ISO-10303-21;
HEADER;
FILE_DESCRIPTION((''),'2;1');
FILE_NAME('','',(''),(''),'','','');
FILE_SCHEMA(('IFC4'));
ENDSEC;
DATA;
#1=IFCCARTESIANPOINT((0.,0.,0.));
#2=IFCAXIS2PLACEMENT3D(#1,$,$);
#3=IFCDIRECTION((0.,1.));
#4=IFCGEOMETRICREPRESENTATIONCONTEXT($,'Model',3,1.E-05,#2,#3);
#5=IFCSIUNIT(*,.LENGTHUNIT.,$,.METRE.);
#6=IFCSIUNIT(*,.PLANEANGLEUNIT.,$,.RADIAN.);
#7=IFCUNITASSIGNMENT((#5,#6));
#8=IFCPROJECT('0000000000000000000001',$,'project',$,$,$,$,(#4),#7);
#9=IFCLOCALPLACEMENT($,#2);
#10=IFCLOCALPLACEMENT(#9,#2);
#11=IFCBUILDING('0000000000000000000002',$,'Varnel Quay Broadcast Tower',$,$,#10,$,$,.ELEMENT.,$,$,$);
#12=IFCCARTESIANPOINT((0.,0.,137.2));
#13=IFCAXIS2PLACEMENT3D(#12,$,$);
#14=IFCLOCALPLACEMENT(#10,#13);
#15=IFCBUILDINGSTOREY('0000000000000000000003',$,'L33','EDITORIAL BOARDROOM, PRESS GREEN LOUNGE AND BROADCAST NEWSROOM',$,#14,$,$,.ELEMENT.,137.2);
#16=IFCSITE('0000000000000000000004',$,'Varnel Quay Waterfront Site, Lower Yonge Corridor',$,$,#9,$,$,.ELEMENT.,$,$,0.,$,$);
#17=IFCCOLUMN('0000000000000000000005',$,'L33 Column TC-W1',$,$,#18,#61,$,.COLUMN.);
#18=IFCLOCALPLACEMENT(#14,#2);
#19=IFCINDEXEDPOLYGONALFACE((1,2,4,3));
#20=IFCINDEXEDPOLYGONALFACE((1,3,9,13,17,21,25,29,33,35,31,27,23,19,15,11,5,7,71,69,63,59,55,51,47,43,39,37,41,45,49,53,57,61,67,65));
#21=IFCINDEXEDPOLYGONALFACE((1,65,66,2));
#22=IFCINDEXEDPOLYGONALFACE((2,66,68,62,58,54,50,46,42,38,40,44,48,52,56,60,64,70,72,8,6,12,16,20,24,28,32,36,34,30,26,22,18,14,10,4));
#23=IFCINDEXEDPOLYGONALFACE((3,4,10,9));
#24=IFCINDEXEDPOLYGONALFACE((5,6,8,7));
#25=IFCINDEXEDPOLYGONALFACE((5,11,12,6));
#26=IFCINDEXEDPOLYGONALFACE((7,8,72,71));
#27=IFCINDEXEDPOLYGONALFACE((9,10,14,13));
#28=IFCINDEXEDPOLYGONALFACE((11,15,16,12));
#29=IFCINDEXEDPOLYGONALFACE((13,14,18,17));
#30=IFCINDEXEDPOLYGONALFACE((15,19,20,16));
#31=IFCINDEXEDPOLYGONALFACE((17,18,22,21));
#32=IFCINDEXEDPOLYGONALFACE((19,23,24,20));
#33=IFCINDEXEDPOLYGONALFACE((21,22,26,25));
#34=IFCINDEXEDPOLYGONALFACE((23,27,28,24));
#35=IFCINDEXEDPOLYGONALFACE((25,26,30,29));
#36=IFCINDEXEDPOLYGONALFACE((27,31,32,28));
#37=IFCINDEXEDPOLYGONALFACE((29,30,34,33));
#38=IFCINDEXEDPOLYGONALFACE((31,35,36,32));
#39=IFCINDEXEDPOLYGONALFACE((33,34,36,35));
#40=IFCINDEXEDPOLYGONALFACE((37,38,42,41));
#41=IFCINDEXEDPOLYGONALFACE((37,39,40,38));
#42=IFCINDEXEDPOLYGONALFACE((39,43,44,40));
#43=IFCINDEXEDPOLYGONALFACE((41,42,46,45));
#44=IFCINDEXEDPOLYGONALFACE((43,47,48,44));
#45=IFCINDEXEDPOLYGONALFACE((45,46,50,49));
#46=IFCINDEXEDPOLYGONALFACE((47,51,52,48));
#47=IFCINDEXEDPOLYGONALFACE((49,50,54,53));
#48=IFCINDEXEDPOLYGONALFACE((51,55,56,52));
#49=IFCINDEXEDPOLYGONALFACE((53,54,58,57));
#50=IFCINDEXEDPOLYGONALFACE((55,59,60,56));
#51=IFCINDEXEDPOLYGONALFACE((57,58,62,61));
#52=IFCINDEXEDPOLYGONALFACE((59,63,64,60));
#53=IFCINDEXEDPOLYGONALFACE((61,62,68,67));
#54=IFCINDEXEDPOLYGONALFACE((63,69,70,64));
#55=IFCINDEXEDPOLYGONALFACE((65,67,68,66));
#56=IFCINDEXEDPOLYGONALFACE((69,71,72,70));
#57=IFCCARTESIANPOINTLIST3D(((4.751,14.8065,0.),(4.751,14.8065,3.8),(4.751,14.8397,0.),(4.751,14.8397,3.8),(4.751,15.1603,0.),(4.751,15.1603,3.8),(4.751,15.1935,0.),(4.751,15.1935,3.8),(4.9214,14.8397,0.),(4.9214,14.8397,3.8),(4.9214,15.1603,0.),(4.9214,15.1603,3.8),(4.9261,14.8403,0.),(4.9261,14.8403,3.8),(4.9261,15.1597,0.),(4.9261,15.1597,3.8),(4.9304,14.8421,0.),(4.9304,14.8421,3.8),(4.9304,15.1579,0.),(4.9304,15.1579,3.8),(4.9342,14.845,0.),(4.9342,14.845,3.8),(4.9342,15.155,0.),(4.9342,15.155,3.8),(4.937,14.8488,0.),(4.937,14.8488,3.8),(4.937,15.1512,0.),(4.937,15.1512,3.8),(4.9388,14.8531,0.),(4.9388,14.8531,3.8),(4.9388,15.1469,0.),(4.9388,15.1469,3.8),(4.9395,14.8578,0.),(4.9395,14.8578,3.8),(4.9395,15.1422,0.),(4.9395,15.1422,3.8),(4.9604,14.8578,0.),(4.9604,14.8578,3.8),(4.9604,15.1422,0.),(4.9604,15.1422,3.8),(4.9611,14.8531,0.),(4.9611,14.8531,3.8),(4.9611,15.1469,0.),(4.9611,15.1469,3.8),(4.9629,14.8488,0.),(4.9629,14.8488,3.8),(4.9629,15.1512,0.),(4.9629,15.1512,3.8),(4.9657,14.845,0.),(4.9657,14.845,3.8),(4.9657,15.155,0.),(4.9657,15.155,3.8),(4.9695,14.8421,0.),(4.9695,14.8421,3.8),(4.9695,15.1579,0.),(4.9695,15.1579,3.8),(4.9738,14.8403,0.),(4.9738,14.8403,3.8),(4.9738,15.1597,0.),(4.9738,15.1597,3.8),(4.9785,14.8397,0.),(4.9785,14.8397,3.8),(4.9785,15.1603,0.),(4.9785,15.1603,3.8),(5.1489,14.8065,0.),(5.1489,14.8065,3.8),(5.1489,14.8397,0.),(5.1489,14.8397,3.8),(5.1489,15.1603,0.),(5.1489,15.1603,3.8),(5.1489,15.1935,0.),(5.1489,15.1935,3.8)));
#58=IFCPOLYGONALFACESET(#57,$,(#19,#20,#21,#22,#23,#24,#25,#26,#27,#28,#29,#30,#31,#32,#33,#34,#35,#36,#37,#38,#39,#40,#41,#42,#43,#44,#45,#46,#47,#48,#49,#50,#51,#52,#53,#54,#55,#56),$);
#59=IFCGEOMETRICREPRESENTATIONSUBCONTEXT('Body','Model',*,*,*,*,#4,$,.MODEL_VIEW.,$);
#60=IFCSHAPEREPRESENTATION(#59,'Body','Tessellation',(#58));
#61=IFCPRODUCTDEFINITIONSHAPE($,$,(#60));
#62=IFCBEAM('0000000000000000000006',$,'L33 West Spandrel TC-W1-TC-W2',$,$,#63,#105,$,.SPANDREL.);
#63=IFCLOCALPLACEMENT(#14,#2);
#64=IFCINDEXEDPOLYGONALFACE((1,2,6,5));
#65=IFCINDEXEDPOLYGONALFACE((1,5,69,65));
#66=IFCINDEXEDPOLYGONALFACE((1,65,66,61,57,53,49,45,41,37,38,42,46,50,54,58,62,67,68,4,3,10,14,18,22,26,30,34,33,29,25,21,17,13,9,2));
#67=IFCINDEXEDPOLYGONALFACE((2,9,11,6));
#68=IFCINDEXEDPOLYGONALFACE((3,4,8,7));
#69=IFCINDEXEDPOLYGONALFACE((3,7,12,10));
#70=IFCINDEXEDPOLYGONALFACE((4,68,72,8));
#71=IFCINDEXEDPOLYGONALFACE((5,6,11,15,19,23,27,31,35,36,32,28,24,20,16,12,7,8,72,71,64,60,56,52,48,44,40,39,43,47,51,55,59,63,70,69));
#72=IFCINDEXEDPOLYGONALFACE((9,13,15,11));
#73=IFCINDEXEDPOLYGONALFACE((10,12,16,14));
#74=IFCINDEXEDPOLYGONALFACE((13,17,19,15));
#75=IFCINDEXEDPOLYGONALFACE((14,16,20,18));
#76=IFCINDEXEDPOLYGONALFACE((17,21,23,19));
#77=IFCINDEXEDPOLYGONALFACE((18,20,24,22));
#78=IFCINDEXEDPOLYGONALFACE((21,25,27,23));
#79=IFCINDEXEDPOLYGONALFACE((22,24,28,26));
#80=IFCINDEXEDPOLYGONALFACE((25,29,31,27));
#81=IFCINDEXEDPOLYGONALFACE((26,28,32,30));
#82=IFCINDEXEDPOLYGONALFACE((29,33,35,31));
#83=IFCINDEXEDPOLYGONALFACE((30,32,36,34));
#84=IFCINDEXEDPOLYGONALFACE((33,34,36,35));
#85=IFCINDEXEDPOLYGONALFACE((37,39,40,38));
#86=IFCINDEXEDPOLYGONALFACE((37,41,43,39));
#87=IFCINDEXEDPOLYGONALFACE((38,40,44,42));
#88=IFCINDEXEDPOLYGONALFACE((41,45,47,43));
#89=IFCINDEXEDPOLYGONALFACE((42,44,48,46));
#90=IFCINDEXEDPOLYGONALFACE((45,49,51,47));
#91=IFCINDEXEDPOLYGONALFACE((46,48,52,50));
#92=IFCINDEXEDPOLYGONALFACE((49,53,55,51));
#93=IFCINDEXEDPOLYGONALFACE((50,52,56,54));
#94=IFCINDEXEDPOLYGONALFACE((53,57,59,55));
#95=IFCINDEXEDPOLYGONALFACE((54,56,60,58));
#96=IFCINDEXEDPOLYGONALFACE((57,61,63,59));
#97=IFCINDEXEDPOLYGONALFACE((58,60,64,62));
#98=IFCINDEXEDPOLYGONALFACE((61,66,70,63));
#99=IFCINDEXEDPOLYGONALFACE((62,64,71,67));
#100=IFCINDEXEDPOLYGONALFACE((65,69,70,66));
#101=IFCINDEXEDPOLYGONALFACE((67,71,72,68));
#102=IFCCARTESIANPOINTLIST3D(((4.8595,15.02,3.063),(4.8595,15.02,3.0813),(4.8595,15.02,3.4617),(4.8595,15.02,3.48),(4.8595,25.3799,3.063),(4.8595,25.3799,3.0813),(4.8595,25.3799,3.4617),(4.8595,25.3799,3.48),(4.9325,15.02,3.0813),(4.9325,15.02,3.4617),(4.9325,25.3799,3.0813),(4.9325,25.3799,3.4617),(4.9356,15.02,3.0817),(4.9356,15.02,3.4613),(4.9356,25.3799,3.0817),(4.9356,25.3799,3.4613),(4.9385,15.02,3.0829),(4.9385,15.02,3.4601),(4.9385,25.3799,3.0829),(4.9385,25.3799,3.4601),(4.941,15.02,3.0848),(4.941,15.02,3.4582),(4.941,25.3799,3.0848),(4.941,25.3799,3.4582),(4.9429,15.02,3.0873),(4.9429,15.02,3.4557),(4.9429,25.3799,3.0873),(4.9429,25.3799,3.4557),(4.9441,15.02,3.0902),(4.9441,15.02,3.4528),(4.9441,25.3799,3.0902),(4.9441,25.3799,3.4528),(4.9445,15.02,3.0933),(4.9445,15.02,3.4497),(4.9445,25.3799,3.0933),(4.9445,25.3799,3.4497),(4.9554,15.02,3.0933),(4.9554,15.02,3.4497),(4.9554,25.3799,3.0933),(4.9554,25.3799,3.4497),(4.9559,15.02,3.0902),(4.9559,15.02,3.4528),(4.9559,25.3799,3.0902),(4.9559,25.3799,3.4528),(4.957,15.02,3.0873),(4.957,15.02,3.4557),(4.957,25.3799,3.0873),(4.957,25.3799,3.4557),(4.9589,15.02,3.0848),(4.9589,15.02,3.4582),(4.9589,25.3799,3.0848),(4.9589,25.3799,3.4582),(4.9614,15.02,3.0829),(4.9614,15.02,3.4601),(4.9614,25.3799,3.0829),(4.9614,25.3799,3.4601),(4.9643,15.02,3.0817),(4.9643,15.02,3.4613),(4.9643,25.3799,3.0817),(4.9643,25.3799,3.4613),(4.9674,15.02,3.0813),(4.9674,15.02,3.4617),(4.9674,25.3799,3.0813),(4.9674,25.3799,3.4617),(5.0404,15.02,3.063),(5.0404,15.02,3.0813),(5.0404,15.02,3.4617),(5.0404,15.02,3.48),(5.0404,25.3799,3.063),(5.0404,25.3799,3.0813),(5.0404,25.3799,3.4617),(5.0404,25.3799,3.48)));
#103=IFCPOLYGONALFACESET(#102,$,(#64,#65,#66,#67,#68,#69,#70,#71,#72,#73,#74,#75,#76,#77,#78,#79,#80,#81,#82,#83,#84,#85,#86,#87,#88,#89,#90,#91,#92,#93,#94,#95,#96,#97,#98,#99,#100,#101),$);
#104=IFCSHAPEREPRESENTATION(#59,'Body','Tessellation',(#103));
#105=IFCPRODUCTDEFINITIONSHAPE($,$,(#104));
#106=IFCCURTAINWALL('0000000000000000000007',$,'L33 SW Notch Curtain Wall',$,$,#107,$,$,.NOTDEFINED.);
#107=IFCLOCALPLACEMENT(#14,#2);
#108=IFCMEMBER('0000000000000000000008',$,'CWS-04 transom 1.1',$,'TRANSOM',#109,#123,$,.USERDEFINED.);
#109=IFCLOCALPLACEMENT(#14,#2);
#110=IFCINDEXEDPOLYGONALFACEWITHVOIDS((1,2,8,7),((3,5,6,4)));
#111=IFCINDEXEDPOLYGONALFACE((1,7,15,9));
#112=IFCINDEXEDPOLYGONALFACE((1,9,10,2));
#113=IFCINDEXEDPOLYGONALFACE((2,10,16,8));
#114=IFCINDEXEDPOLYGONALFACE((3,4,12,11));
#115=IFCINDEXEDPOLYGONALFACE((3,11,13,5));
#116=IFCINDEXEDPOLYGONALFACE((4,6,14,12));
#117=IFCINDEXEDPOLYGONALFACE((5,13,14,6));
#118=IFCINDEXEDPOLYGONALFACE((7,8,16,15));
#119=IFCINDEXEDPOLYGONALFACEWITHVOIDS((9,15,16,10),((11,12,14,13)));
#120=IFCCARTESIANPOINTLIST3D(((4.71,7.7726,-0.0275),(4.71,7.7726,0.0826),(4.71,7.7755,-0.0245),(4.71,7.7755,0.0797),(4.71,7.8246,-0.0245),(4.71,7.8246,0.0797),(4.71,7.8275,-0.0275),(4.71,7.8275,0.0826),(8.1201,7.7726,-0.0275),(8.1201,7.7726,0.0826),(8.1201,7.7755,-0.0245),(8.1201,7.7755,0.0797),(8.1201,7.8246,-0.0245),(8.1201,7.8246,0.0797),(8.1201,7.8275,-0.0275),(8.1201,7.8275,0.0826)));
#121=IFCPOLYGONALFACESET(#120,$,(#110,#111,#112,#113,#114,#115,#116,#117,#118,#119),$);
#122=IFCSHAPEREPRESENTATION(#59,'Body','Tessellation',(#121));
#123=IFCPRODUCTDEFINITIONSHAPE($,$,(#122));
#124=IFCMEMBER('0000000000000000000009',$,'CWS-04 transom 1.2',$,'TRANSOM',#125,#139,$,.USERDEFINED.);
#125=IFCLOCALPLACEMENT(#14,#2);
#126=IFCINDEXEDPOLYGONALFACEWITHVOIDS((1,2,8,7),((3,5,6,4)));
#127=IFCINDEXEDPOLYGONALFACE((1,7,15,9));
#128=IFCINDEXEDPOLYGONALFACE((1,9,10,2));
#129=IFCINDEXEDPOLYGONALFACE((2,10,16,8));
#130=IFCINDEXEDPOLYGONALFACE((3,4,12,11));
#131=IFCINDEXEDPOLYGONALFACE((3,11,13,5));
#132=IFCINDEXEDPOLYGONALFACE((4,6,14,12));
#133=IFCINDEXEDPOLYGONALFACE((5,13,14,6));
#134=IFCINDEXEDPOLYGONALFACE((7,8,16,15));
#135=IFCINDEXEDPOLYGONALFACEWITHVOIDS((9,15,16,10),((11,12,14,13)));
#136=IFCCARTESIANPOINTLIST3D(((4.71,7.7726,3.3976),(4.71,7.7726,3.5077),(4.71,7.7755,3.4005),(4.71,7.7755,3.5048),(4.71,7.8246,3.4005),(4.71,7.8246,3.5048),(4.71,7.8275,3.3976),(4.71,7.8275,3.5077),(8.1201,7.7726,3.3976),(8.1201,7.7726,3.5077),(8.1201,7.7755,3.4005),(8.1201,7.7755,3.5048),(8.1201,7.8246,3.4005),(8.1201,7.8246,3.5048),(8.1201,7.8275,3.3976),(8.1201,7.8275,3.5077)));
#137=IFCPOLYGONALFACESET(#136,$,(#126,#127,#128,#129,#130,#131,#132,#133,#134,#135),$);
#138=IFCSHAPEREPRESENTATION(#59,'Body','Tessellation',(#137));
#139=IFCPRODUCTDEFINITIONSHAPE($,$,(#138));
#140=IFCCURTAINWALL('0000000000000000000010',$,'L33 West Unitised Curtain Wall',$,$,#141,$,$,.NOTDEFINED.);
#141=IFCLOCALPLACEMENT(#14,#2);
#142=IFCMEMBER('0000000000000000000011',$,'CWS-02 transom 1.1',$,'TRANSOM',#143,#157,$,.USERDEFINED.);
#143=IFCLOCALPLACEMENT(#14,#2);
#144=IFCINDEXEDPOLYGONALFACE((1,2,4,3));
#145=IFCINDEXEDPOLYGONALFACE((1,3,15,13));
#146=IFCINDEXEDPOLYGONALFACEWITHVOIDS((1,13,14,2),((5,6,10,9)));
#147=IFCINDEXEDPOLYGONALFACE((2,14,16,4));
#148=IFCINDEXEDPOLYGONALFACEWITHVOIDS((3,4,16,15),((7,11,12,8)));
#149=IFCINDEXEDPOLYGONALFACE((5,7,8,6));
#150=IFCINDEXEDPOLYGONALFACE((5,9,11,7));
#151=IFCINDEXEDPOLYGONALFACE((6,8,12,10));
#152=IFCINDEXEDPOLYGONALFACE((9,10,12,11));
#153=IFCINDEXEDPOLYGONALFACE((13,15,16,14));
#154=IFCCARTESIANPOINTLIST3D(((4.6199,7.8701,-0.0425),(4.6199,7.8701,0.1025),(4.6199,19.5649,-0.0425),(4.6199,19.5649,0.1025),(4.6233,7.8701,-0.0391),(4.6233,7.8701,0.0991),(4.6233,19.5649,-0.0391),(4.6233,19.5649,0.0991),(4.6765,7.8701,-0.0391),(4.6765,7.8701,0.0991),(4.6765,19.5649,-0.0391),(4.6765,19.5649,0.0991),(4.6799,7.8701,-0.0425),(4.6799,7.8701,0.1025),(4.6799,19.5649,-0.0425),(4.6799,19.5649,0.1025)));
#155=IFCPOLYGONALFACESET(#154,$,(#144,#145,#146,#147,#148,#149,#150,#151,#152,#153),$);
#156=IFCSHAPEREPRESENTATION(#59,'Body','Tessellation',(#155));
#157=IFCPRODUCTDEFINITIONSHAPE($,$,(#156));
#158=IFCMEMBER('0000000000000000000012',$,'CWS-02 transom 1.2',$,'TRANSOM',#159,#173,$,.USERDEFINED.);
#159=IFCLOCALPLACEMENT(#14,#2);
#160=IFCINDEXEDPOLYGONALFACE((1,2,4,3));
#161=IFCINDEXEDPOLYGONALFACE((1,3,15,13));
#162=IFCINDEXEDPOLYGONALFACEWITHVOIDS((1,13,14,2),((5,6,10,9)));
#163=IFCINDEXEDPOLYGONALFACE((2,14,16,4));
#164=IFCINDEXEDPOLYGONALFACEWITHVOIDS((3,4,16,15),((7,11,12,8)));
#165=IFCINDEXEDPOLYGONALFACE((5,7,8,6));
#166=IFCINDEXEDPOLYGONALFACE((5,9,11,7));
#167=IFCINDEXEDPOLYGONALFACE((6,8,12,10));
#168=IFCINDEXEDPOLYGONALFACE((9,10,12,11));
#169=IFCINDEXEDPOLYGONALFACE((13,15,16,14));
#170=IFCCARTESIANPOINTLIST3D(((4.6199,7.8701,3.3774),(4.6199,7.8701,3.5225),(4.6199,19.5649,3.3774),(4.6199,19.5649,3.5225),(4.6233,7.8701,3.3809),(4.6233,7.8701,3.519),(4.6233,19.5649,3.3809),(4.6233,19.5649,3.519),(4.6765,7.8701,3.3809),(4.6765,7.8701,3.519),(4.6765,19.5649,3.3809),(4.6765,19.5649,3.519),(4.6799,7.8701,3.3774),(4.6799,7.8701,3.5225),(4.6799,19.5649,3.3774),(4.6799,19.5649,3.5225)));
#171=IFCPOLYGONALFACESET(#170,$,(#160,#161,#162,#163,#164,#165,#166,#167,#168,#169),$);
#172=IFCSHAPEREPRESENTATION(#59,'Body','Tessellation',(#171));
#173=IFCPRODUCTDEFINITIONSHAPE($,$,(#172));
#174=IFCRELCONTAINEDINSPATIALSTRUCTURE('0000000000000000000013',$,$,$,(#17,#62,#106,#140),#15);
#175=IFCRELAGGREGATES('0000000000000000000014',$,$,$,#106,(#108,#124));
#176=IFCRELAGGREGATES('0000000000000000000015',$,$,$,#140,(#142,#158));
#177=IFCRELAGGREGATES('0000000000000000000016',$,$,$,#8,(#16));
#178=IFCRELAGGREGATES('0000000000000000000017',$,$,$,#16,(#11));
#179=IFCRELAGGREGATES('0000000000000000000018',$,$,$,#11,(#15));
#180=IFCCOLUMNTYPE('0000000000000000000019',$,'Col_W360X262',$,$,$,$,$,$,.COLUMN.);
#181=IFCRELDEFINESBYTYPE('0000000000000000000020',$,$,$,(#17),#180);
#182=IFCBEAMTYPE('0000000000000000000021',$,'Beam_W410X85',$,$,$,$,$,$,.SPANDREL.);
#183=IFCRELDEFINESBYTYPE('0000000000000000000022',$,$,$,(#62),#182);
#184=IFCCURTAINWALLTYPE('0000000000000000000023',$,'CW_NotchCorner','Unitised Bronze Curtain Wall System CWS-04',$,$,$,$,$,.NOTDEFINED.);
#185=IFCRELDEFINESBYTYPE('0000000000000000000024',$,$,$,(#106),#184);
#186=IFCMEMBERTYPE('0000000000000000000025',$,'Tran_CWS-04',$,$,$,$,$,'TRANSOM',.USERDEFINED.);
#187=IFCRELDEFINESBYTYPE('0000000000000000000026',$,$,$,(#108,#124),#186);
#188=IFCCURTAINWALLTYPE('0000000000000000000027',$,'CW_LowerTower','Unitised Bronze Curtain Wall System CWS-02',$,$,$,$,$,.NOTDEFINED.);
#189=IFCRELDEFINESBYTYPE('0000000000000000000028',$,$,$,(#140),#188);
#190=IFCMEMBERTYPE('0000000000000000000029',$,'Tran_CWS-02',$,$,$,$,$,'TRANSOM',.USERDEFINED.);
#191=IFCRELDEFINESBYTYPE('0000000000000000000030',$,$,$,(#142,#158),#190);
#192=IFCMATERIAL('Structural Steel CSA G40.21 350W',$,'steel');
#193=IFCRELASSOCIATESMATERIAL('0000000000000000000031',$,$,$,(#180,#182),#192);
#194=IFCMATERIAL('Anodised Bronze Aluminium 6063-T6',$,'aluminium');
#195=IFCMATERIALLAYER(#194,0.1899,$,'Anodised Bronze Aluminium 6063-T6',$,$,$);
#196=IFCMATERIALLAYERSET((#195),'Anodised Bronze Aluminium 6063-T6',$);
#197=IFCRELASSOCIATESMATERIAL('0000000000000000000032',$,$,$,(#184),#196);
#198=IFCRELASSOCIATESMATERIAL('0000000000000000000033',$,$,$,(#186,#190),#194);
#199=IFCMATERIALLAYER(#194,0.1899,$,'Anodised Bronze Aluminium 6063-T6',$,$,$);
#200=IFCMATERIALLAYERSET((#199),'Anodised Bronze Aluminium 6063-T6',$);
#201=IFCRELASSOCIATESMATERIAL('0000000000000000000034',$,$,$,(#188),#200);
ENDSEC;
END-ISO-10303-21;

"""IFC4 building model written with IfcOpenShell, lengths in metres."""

from ifc_helpers import new_model, si_unit, direction, frame, origin, origin_2d, place, context, subcontext, project, spatial, hollow_rectangle, i_section, extrude, source, transform, mapped, material, layer, layer_set, material_profile, profile_set, type_object, type_shapes, element, aggregate, save


model = new_model("IFC4")

# Units and contexts
model_context = context("Model", 3, precision=1e-05, world=origin(), true_north=direction((0.0, 1.0)))
body_context = subcontext(model_context, "Body", "Model", "MODEL_VIEW")
ifc_project = project(units=[si_unit("LENGTHUNIT", "METRE"), si_unit("PLANEANGLEUNIT", "RADIAN")], contexts=[model_context])

# Site, building, storey
site_placement = place(None, origin())
site = spatial("IfcSite", under=ifc_project, at=site_placement, Name="Varnel Quay Waterfront Site, Lower Yonge Corridor", CompositionType="ELEMENT", RefElevation=0.0)
building_placement = place(site_placement, origin())
building = spatial("IfcBuilding", under=site, at=building_placement, Name="Varnel Quay Broadcast Tower", CompositionType="ELEMENT")
storey_placement = place(building_placement, frame((0.0, 0.0, 137.2)))
storey = spatial("IfcBuildingStorey", under=building, at=storey_placement, Name="L33", Description="EDITORIAL BOARDROOM, PRESS GREEN LOUNGE AND BROADCAST NEWSROOM", CompositionType="ELEMENT", Elevation=137.2)

# Column
ifc_material_1 = material(Name="Structural Steel CSA G40.21 350W", Category="steel")
ifc_material_profile_1 = material_profile(ifc_material_1, i_section(OverallWidth=0.3979, OverallDepth=0.387, WebThickness=0.021, FlangeThickness=0.0332, FilletRadius=0.0181, at=origin_2d()), Name="W360X262")
ifc_profile_set_1 = profile_set([ifc_material_profile_1], Name="Structural Steel CSA G40.21 350W")
column_type = type_object("IfcColumnType", Name="Col_W360X262", PredefinedType="COLUMN", material=ifc_profile_set_1)
shared_shape_1 = source(origin(), body_context, "Body", "SweptSolid", [
    extrude(i_section(OverallWidth=0.3979, OverallDepth=0.387, WebThickness=0.021, FlangeThickness=0.0332, FilletRadius=0.0181, at=origin_2d()), origin(), (0.0, 0.0, 1.0), 3.8),
])
type_shapes(column_type, [shared_shape_1])
column_placement = place(storey_placement, frame((4.95, 15.0, 0.0), z_axis=(0.0, 0.0, 1.0), x_axis=(1.0, 0.0, 0.0)))
element("IfcColumn", 1, at=column_placement, inside=storey, type_object=column_type, Name="L33 Column TC-W1", PredefinedType="COLUMN", context=body_context, shape_type="MappedRepresentation", body=[
    mapped(shared_shape_1, transform((0.0, 0.0, 0.0), x_axis=(1.0, 0.0, 0.0), y_axis=(0.0, 1.0, 0.0), z_axis=(0.0, 0.0, 1.0), scale=1.0)),
])

# Beam
ifc_material_profile_2 = material_profile(ifc_material_1, i_section(OverallWidth=0.1809, OverallDepth=0.417, WebThickness=0.011, FlangeThickness=0.0183, FilletRadius=0.012, at=origin_2d()), Name="W410X85")
ifc_profile_set_2 = profile_set([ifc_material_profile_2], Name="Structural Steel CSA G40.21 350W")
beam_type = type_object("IfcBeamType", Name="Beam_W410X85", PredefinedType="SPANDREL", material=ifc_profile_set_2)
shared_shape_2 = source(origin(), body_context, "Body", "SweptSolid", [
    extrude(i_section(OverallWidth=0.1809, OverallDepth=0.417, WebThickness=0.011, FlangeThickness=0.0183, FilletRadius=0.012, at=origin_2d()), origin(), (0.0, 0.0, 1.0), 10.3599),
])
type_shapes(beam_type, [shared_shape_2])
beam_placement = place(storey_placement, frame((4.95, 15.02, 3.2715), z_axis=(0.0, 1.0, 0.0), x_axis=(-1.0, 0.0, 0.0)))
element("IfcBeam", 2, at=beam_placement, inside=storey, type_object=beam_type, Name="L33 West Spandrel TC-W1-TC-W2", PredefinedType="SPANDREL", context=body_context, shape_type="MappedRepresentation", body=[
    mapped(shared_shape_2, transform((0.0, 0.0, 0.0), x_axis=(1.0, 0.0, 0.0), y_axis=(0.0, 1.0, 0.0), z_axis=(0.0, 0.0, 1.0), scale=1.0)),
])

# Curtain walls, members
ifc_material_2 = material(Name="Anodised Bronze Aluminium 6063-T6", Category="aluminium")
ifc_layer_1 = layer(ifc_material_2, 0.1899, Name="Anodised Bronze Aluminium 6063-T6")
ifc_layer_set_1 = layer_set([ifc_layer_1], Name="Anodised Bronze Aluminium 6063-T6")
curtain_wall_type_1 = type_object("IfcCurtainWallType", Name="CW_NotchCorner", Description="Unitised Bronze Curtain Wall System CWS-04", PredefinedType="NOTDEFINED", material=ifc_layer_set_1)
curtain_wall_1_placement = place(storey_placement, origin())
curtain_wall_1 = element("IfcCurtainWall", 3, at=curtain_wall_1_placement, inside=storey, type_object=curtain_wall_type_1, Name="L33 SW Notch Curtain Wall", PredefinedType="NOTDEFINED")
ifc_material_profile_3 = material_profile(ifc_material_2, hollow_rectangle(XDim=0.0549, YDim=0.1101, WallThickness=0.0029, at=origin_2d()), Name="ALU55X110X3")
ifc_profile_set_3 = profile_set([ifc_material_profile_3], Name="Anodised Bronze Aluminium 6063-T6")
member_type_1 = type_object("IfcMemberType", Name="Tran_CWS-04", ElementType="TRANSOM", PredefinedType="USERDEFINED", material=ifc_profile_set_3)
shared_shape_3 = source(origin(), body_context, "Body", "SweptSolid", [
    extrude(hollow_rectangle(XDim=0.0549, YDim=0.1101, WallThickness=0.0029, at=origin_2d()), origin(), (0.0, 0.0, 1.0), 3.4102),
])
type_shapes(member_type_1, [shared_shape_3])
member_1_placement = place(storey_placement, frame((4.71, 7.8, 0.0276), z_axis=(1.0, 0.0, 0.0), x_axis=(0.0, 1.0, 0.0)))
member_1 = element("IfcMember", 4, at=member_1_placement, type_object=member_type_1, Name="CWS-04 transom 1.1", ObjectType="TRANSOM", PredefinedType="USERDEFINED", context=body_context, shape_type="MappedRepresentation", body=[
    mapped(shared_shape_3, transform((0.0, 0.0, 0.0), x_axis=(1.0, 0.0, 0.0), y_axis=(0.0, 1.0, 0.0), z_axis=(0.0, 0.0, 1.0), scale=1.0)),
])
member_2_placement = place(storey_placement, frame((4.71, 7.8, 3.4526), z_axis=(1.0, 0.0, 0.0), x_axis=(0.0, 1.0, 0.0)))
member_2 = element("IfcMember", 5, at=member_2_placement, type_object=member_type_1, Name="CWS-04 transom 1.2", ObjectType="TRANSOM", PredefinedType="USERDEFINED", context=body_context, shape_type="MappedRepresentation", body=[
    mapped(shared_shape_3, transform((0.0, 0.0, 0.0), x_axis=(1.0, 0.0, 0.0), y_axis=(0.0, 1.0, 0.0), z_axis=(0.0, 0.0, 1.0), scale=1.0)),
])
ifc_layer_2 = layer(ifc_material_2, 0.1899, Name="Anodised Bronze Aluminium 6063-T6")
ifc_layer_set_2 = layer_set([ifc_layer_2], Name="Anodised Bronze Aluminium 6063-T6")
curtain_wall_type_2 = type_object("IfcCurtainWallType", Name="CW_LowerTower", Description="Unitised Bronze Curtain Wall System CWS-02", PredefinedType="NOTDEFINED", material=ifc_layer_set_2)
curtain_wall_2_placement = place(storey_placement, origin())
curtain_wall_2 = element("IfcCurtainWall", 6, at=curtain_wall_2_placement, inside=storey, type_object=curtain_wall_type_2, Name="L33 West Unitised Curtain Wall", PredefinedType="NOTDEFINED")
ifc_material_profile_4 = material_profile(ifc_material_2, hollow_rectangle(XDim=0.0601, YDim=0.145, WallThickness=0.0034, at=origin_2d()), Name="ALU60X145X3.5")
ifc_profile_set_4 = profile_set([ifc_material_profile_4], Name="Anodised Bronze Aluminium 6063-T6")
member_type_2 = type_object("IfcMemberType", Name="Tran_CWS-02", ElementType="TRANSOM", PredefinedType="USERDEFINED", material=ifc_profile_set_4)
shared_shape_4 = source(origin(), body_context, "Body", "SweptSolid", [
    extrude(hollow_rectangle(XDim=0.0601, YDim=0.145, WallThickness=0.0034, at=origin_2d()), origin(), (0.0, 0.0, 1.0), 11.6948),
])
type_shapes(member_type_2, [shared_shape_4])
member_3_placement = place(storey_placement, frame((4.6499, 7.8701, 0.03), z_axis=(0.0, 1.0, 0.0), x_axis=(-1.0, 0.0, 0.0)))
member_3 = element("IfcMember", 7, at=member_3_placement, type_object=member_type_2, Name="CWS-02 transom 1.1", ObjectType="TRANSOM", PredefinedType="USERDEFINED", context=body_context, shape_type="MappedRepresentation", body=[
    mapped(shared_shape_4, transform((0.0, 0.0, 0.0), x_axis=(1.0, 0.0, 0.0), y_axis=(0.0, 1.0, 0.0), z_axis=(0.0, 0.0, 1.0), scale=1.0)),
])
member_4_placement = place(storey_placement, frame((4.6499, 7.8701, 3.45), z_axis=(0.0, 1.0, 0.0), x_axis=(-1.0, 0.0, 0.0)))
member_4 = element("IfcMember", 8, at=member_4_placement, type_object=member_type_2, Name="CWS-02 transom 1.2", ObjectType="TRANSOM", PredefinedType="USERDEFINED", context=body_context, shape_type="MappedRepresentation", body=[
    mapped(shared_shape_4, transform((0.0, 0.0, 0.0), x_axis=(1.0, 0.0, 0.0), y_axis=(0.0, 1.0, 0.0), z_axis=(0.0, 0.0, 1.0), scale=1.0)),
])

aggregate(curtain_wall_1, [member_1, member_2])

aggregate(curtain_wall_2, [member_3, member_4])

save(model, "model.ifc")
